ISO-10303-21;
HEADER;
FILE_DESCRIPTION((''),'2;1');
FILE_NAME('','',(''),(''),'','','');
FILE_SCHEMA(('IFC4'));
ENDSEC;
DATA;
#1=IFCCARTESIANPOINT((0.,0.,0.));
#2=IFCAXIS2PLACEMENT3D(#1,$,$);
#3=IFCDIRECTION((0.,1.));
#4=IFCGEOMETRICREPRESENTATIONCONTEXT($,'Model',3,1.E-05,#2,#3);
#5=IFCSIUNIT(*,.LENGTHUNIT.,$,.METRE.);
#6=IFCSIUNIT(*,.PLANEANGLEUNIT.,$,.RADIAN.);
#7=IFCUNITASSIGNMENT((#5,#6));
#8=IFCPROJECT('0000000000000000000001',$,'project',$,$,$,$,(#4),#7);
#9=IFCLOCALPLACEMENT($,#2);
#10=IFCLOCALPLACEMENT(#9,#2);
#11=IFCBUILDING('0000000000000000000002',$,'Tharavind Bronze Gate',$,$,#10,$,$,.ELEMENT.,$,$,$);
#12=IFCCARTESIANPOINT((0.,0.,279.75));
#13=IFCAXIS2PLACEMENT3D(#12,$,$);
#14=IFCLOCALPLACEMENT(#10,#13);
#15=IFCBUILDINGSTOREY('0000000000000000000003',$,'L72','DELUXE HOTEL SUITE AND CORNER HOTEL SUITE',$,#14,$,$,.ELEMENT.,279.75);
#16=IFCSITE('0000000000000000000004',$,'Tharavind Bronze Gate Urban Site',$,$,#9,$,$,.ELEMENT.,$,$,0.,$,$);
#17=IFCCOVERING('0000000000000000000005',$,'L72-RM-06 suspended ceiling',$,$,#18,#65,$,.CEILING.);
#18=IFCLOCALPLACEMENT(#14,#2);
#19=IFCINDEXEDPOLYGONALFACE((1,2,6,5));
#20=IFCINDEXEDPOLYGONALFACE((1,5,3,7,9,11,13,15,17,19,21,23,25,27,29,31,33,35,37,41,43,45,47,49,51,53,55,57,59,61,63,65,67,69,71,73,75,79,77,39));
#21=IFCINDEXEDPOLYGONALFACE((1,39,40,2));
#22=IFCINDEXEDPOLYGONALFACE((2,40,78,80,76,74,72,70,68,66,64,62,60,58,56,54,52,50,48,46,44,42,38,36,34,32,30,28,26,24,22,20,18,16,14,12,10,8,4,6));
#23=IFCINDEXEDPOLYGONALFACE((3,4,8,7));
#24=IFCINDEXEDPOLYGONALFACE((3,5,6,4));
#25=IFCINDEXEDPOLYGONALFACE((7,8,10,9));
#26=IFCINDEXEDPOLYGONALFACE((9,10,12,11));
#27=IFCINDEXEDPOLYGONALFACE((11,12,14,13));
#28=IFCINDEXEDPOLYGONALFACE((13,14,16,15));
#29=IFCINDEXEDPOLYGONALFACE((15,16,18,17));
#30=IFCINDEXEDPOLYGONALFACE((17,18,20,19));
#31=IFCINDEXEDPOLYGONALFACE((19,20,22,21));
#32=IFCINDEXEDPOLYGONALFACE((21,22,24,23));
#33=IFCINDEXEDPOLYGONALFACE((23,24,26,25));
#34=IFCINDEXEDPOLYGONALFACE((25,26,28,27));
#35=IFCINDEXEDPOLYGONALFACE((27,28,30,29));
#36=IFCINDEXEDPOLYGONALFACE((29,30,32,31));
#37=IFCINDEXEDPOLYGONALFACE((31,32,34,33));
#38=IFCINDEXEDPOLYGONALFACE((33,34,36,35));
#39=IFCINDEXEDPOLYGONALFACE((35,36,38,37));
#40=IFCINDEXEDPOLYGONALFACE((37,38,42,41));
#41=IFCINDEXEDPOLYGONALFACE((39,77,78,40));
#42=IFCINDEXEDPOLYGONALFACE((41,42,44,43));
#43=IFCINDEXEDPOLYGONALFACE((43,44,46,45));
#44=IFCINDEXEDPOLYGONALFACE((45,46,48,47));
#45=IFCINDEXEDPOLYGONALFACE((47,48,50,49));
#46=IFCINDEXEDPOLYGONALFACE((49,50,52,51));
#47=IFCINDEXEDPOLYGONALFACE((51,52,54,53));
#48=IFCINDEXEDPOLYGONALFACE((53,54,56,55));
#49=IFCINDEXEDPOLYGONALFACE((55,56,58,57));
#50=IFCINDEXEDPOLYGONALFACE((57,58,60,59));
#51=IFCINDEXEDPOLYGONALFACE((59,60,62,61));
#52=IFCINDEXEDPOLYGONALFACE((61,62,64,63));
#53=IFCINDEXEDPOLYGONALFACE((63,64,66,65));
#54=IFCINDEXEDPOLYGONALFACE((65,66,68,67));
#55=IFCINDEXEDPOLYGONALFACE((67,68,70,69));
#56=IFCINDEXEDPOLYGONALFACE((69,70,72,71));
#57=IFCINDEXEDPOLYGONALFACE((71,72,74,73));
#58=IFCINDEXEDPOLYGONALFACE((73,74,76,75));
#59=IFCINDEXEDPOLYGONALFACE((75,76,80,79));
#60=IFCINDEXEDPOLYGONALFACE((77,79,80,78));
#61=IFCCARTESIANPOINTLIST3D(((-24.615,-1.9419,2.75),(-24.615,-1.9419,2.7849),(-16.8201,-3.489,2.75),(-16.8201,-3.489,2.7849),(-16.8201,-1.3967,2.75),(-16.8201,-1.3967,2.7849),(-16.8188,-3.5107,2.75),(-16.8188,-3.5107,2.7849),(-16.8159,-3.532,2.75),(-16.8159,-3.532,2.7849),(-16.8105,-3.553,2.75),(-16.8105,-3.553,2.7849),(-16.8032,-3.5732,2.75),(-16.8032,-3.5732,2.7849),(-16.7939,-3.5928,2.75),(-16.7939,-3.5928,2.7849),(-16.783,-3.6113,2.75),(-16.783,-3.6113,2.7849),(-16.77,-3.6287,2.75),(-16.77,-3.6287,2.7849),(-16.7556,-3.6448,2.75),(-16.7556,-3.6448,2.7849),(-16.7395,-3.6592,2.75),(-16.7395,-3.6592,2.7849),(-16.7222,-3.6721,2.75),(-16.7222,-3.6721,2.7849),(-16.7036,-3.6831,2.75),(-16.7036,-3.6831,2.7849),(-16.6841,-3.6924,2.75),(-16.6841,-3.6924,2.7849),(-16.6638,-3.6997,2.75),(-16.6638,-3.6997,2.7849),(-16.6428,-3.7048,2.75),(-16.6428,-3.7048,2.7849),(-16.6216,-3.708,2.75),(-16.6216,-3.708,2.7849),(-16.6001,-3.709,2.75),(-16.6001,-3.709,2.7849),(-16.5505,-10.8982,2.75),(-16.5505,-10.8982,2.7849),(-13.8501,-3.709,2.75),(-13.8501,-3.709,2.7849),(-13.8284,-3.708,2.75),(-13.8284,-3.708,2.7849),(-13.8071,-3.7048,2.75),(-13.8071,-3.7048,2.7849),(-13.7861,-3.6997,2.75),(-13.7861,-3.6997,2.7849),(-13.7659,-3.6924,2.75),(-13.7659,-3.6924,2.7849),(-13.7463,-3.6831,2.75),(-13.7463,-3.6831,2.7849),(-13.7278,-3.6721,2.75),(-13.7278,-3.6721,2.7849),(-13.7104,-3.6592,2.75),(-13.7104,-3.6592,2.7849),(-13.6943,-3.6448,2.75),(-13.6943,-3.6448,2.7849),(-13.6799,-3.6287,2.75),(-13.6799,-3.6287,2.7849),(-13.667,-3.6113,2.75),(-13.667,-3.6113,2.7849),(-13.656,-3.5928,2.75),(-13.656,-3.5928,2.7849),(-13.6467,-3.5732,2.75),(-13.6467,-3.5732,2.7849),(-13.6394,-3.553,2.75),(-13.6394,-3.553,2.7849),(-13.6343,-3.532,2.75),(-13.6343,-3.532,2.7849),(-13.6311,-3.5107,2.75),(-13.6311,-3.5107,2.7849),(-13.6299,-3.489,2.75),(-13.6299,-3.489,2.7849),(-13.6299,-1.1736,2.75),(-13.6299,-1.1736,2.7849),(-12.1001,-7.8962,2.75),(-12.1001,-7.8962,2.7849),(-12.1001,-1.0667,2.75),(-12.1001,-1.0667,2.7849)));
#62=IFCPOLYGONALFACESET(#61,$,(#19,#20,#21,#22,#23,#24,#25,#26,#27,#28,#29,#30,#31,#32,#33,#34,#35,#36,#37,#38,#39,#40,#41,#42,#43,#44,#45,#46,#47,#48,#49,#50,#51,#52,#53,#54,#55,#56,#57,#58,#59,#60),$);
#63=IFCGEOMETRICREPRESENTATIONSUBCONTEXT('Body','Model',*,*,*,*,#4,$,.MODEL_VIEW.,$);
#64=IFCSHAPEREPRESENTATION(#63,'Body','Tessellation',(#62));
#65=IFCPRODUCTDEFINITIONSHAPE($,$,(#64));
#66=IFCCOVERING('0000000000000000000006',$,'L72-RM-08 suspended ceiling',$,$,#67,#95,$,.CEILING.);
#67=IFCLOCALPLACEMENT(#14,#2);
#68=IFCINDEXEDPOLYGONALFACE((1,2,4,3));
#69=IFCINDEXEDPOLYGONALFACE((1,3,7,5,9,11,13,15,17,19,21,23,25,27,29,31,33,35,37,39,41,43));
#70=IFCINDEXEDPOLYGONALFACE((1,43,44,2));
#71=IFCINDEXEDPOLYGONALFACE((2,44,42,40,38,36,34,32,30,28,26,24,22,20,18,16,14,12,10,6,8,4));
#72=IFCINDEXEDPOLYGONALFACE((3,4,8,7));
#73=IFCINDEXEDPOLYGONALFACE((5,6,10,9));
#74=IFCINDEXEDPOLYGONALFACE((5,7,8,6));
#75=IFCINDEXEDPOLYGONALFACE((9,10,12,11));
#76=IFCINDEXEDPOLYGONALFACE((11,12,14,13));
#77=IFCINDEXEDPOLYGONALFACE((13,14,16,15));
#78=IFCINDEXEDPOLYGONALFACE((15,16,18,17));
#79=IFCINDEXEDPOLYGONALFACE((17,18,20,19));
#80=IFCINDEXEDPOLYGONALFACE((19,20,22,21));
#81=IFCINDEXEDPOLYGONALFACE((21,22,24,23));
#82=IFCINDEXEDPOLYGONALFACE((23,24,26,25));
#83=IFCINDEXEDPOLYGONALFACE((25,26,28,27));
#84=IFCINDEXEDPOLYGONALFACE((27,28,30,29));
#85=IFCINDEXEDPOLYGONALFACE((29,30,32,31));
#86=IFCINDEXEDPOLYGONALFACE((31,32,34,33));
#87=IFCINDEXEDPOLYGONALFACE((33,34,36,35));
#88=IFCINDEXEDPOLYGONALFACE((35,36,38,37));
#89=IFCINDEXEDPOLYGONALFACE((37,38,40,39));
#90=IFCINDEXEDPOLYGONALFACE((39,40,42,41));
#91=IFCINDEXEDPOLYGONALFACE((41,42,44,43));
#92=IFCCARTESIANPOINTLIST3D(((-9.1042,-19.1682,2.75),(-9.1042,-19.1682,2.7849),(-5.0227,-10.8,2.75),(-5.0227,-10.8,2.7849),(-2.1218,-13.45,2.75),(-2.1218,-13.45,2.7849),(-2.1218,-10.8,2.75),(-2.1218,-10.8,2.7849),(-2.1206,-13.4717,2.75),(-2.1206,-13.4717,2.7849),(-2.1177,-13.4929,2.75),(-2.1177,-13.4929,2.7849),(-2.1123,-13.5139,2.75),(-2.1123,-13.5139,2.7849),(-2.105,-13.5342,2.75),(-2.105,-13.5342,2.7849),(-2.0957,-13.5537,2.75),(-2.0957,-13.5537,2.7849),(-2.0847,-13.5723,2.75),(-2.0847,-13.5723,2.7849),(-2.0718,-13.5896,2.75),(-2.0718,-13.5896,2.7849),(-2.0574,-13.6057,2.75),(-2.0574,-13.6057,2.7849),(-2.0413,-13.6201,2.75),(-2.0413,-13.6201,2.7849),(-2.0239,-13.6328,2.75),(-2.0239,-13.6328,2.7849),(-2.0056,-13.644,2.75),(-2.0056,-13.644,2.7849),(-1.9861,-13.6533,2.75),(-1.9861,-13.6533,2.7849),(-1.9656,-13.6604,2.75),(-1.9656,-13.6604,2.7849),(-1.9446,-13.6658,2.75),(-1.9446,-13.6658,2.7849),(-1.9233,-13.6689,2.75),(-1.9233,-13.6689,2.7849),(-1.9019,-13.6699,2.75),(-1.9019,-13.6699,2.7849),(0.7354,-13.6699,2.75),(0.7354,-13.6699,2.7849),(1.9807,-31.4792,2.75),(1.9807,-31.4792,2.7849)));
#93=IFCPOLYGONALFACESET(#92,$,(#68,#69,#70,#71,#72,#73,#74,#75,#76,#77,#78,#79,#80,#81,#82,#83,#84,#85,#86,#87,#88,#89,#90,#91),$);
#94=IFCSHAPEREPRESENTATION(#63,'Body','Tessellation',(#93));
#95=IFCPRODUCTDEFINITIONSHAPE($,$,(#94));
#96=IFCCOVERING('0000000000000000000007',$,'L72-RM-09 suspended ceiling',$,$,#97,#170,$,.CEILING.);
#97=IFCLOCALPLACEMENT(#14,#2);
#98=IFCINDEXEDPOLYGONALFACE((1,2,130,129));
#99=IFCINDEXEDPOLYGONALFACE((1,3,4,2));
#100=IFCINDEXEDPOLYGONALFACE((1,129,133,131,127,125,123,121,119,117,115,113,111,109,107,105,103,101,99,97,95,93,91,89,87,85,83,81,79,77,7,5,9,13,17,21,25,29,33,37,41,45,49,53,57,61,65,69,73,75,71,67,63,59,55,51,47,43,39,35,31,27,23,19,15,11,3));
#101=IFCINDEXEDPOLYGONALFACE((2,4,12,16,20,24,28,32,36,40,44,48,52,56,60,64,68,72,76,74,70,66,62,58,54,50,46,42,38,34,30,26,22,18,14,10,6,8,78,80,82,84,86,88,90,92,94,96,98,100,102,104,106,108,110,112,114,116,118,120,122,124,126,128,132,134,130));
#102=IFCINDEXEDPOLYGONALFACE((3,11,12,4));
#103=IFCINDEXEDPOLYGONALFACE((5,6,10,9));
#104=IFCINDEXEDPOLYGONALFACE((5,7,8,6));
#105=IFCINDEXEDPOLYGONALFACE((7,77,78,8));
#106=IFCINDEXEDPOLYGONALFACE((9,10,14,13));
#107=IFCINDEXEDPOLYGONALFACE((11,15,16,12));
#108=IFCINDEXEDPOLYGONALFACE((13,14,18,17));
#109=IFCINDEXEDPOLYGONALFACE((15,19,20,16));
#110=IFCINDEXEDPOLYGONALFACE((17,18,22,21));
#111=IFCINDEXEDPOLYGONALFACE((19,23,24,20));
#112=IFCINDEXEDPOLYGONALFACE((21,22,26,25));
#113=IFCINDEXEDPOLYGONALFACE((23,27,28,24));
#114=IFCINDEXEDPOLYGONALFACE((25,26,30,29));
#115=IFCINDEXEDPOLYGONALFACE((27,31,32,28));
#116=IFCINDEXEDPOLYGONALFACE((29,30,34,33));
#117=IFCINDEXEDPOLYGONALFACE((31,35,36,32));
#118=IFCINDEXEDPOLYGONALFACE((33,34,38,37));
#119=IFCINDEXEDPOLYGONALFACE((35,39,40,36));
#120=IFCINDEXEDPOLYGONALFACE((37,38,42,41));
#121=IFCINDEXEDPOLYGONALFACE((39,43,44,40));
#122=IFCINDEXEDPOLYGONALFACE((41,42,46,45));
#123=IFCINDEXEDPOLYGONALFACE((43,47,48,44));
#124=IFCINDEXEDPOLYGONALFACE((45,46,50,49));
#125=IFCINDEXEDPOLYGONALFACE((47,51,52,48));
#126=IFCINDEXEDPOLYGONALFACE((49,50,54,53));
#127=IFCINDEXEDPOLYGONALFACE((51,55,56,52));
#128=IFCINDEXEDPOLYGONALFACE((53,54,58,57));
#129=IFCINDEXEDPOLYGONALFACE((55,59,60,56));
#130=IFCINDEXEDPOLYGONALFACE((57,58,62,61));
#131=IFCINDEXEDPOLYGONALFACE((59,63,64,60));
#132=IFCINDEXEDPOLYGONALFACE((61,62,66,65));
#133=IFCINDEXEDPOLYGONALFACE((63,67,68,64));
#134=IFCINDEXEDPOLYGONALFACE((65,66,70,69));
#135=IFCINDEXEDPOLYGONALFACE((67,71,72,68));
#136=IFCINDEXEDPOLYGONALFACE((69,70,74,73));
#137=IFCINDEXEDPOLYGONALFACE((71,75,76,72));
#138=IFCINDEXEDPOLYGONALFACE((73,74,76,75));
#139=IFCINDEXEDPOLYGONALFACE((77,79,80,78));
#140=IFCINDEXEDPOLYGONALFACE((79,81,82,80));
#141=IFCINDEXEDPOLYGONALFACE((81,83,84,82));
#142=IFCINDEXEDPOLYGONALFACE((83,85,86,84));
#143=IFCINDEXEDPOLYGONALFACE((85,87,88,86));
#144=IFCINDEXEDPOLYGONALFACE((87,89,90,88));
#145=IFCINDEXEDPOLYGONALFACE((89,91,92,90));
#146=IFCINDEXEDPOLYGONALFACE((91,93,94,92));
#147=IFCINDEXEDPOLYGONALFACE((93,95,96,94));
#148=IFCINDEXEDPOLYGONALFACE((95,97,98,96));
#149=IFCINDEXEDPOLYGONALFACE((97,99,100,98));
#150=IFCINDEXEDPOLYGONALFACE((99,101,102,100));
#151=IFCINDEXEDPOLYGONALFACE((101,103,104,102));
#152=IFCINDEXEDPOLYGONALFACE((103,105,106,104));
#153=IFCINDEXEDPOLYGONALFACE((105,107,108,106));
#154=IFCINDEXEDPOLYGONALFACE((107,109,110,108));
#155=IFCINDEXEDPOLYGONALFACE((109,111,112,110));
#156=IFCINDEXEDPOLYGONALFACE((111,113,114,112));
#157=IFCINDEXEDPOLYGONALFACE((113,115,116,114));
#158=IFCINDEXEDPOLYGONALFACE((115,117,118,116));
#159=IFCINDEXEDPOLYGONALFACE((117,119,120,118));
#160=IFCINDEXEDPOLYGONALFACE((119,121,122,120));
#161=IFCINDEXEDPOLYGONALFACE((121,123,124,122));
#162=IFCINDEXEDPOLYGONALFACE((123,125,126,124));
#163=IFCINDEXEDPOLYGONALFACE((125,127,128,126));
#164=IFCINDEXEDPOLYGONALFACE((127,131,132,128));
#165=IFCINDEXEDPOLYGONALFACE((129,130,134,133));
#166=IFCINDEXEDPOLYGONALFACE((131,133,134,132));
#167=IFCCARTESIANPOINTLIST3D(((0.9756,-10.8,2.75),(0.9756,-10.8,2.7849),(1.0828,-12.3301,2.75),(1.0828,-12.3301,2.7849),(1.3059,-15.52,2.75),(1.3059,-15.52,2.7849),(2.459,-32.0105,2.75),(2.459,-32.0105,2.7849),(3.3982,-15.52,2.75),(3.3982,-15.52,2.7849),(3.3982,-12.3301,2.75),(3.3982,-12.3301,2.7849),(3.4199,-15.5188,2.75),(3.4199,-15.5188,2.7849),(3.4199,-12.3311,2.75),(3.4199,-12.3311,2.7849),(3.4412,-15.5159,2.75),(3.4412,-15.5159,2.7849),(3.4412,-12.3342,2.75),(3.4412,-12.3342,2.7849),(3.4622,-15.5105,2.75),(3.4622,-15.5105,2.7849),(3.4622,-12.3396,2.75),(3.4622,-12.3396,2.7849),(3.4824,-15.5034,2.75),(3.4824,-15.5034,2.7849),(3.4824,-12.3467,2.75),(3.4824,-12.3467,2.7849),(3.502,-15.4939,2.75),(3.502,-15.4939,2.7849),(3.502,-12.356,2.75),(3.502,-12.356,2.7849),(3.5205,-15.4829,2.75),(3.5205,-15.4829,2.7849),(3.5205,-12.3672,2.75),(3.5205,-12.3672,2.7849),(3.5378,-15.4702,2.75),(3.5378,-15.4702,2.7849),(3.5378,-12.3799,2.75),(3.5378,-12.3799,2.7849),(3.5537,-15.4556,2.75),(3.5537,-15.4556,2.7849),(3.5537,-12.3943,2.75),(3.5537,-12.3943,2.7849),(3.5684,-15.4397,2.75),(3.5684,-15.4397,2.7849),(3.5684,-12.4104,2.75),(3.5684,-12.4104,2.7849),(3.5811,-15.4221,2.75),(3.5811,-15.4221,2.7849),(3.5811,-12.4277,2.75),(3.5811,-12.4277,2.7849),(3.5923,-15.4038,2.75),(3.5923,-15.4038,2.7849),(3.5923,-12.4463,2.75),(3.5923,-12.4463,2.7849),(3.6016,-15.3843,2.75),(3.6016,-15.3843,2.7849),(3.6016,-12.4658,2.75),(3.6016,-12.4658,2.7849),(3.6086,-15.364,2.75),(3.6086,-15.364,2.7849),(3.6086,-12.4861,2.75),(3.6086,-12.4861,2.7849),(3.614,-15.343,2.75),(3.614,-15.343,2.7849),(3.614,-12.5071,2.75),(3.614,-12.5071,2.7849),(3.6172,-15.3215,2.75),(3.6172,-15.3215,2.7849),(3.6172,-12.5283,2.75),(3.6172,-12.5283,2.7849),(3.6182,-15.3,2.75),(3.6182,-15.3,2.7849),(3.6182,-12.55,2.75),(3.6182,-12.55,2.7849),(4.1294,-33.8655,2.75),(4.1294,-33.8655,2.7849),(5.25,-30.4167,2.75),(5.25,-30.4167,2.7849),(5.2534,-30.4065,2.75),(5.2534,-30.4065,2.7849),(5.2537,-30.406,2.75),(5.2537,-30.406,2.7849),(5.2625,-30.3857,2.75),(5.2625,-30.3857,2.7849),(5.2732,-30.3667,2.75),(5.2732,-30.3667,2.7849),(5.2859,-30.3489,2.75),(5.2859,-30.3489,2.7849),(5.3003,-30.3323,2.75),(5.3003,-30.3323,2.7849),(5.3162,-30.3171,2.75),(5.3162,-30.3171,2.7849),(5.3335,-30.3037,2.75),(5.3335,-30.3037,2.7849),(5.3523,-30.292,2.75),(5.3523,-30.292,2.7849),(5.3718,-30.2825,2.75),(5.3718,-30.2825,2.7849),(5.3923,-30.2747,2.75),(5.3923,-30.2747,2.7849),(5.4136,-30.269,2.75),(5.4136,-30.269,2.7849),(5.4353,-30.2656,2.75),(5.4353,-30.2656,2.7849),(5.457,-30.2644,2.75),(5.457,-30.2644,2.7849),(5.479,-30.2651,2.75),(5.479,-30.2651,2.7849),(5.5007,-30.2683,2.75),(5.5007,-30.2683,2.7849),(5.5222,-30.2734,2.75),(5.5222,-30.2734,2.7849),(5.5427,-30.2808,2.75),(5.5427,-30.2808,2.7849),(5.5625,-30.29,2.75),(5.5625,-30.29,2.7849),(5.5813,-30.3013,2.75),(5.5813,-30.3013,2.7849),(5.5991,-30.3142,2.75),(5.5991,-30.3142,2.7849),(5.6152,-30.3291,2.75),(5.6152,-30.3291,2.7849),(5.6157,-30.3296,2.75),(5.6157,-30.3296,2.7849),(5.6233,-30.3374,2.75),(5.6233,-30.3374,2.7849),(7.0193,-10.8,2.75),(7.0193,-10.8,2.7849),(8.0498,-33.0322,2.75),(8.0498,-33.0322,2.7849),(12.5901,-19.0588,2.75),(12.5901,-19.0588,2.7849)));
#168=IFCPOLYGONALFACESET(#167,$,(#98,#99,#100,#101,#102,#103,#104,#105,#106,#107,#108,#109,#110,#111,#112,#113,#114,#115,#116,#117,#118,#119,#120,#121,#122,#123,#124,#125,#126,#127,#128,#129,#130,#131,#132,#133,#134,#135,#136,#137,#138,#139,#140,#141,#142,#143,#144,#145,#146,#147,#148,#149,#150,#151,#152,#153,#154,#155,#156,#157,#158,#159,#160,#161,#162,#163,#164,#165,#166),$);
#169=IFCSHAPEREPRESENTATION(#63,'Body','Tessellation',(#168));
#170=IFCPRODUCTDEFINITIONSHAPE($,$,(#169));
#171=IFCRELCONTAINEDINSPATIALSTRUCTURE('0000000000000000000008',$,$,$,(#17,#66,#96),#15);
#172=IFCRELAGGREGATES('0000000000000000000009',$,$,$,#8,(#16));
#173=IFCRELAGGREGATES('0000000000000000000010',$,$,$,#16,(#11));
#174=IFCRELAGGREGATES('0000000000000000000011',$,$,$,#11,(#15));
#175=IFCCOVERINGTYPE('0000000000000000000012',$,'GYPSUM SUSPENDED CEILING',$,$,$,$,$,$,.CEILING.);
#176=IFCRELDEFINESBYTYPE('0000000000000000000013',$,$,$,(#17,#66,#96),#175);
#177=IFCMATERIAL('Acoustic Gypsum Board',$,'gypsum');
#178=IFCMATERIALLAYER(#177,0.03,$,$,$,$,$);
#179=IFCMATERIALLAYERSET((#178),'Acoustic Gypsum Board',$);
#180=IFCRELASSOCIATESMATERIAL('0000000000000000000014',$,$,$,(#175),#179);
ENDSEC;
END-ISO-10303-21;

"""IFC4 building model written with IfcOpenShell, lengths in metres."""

from ifc_helpers import new_model, si_unit, direction, frame, origin, place, context, subcontext, project, spatial, polyline, outline, extrude, material, layer, layer_set, type_object, element, save


model = new_model("IFC4")

# Units and contexts
model_context = context("Model", 3, precision=1e-05, world=origin(), true_north=direction((0.0, 1.0)))
body_context = subcontext(model_context, "Body", "Model", "MODEL_VIEW")
ifc_project = project(units=[si_unit("LENGTHUNIT", "METRE"), si_unit("PLANEANGLEUNIT", "RADIAN")], contexts=[model_context])

# Site, building, storey
site_placement = place(None, origin())
site = spatial("IfcSite", under=ifc_project, at=site_placement, Name="Tharavind Bronze Gate Urban Site", CompositionType="ELEMENT", RefElevation=0.0)
building_placement = place(site_placement, origin())
building = spatial("IfcBuilding", under=site, at=building_placement, Name="Tharavind Bronze Gate", CompositionType="ELEMENT")
storey_placement = place(building_placement, frame((0.0, 0.0, 279.75)))
storey = spatial("IfcBuildingStorey", under=building, at=storey_placement, Name="L72", Description="DELUXE HOTEL SUITE AND CORNER HOTEL SUITE", CompositionType="ELEMENT", Elevation=279.75)

# Coverings
ifc_material_1 = material(Name="Acoustic Gypsum Board", Category="gypsum")
ifc_layer_1 = layer(ifc_material_1, 0.03)
ifc_layer_set_1 = layer_set([ifc_layer_1], Name="Acoustic Gypsum Board")
covering_type_1 = type_object("IfcCoveringType", Name="GYPSUM SUSPENDED CEILING", PredefinedType="CEILING", material=ifc_layer_set_1)
covering_1_placement = place(storey_placement, frame((0.0, 0.0, 2.75)))
element("IfcCovering", 1, at=covering_1_placement, inside=storey, type_object=covering_type_1, Name="L72-RM-06 suspended ceiling", PredefinedType="CEILING", context=body_context, shape_type="SweptSolid", body=[
    extrude(outline(polyline([(-16.5505, -10.8982), (-12.1001, -7.8962), (-12.1001, -1.0667), (-13.6299, -1.1736), (-13.6299, -3.489), (-13.6311, -3.5107), (-13.6343, -3.532), (-13.6394, -3.553), (-13.6467, -3.5732), (-13.656, -3.5928), (-13.667, -3.6113), (-13.6799, -3.6287), (-13.6943, -3.6448), (-13.7104, -3.6592), (-13.7278, -3.6721), (-13.7463, -3.6831), (-13.7659, -3.6924), (-13.7861, -3.6997), (-13.8071, -3.7048), (-13.8284, -3.708), (-13.8501, -3.709), (-16.6001, -3.709), (-16.6216, -3.708), (-16.6428, -3.7048), (-16.6638, -3.6997), (-16.6841, -3.6924), (-16.7036, -3.6831), (-16.7222, -3.6721), (-16.7395, -3.6592), (-16.7556, -3.6448), (-16.77, -3.6287), (-16.783, -3.6113), (-16.7939, -3.5928), (-16.8032, -3.5732), (-16.8105, -3.553), (-16.8159, -3.532), (-16.8188, -3.5107), (-16.8201, -3.489), (-16.8201, -1.3967), (-24.615, -1.9419), (-16.5505, -10.8982)])), origin(), (0.0, 0.0, 1.0), 0.0349),
])
covering_2_placement = place(storey_placement, frame((0.0, 0.0, 2.75)))
element("IfcCovering", 2, at=covering_2_placement, inside=storey, type_object=covering_type_1, Name="L72-RM-08 suspended ceiling", PredefinedType="CEILING", context=body_context, shape_type="SweptSolid", body=[
    extrude(outline(polyline([(1.9807, -31.4792), (0.7354, -13.6699), (-1.9019, -13.6699), (-1.9233, -13.6689), (-1.9446, -13.6658), (-1.9656, -13.6604), (-1.9861, -13.6533), (-2.0056, -13.644), (-2.0239, -13.6328), (-2.0413, -13.6201), (-2.0574, -13.6057), (-2.0718, -13.5896), (-2.0847, -13.5723), (-2.0957, -13.5537), (-2.105, -13.5342), (-2.1123, -13.5139), (-2.1177, -13.4929), (-2.1206, -13.4717), (-2.1218, -13.45), (-2.1218, -10.8), (-5.0227, -10.8), (-9.1042, -19.1682), (1.9807, -31.4792)])), origin(), (0.0, 0.0, 1.0), 0.0349),
])
covering_3_placement = place(storey_placement, frame((0.0, 0.0, 2.75)))
element("IfcCovering", 3, at=covering_3_placement, inside=storey, type_object=covering_type_1, Name="L72-RM-09 suspended ceiling", PredefinedType="CEILING", context=body_context, shape_type="SweptSolid", body=[
    extrude(outline(polyline([(1.0828, -12.3301), (3.3982, -12.3301), (3.4199, -12.3311), (3.4412, -12.3342), (3.4622, -12.3396), (3.4824, -12.3467), (3.502, -12.356), (3.5205, -12.3672), (3.5378, -12.3799), (3.5537, -12.3943), (3.5684, -12.4104), (3.5811, -12.4277), (3.5923, -12.4463), (3.6016, -12.4658), (3.6086, -12.4861), (3.614, -12.5071), (3.6172, -12.5283), (3.6182, -12.55), (3.6182, -15.3), (3.6172, -15.3215), (3.614, -15.343), (3.6086, -15.364), (3.6016, -15.3843), (3.5923, -15.4038), (3.5811, -15.4221), (3.5684, -15.4397), (3.5537, -15.4556), (3.5378, -15.4702), (3.5205, -15.4829), (3.502, -15.4939), (3.4824, -15.5034), (3.4622, -15.5105), (3.4412, -15.5159), (3.4199, -15.5188), (3.3982, -15.52), (1.3059, -15.52), (2.459, -32.0105), (4.1294, -33.8655), (5.25, -30.4167), (5.2534, -30.4065), (5.2537, -30.406), (5.2625, -30.3857), (5.2732, -30.3667), (5.2859, -30.3489), (5.3003, -30.3323), (5.3162, -30.3171), (5.3335, -30.3037), (5.3523, -30.292), (5.3718, -30.2825), (5.3923, -30.2747), (5.4136, -30.269), (5.4353, -30.2656), (5.457, -30.2644), (5.479, -30.2651), (5.5007, -30.2683), (5.5222, -30.2734), (5.5427, -30.2808), (5.5625, -30.29), (5.5813, -30.3013), (5.5991, -30.3142), (5.6152, -30.3291), (5.6157, -30.3296), (5.6233, -30.3374), (8.0498, -33.0322), (12.5901, -19.0588), (7.0193, -10.8), (0.9756, -10.8), (1.0828, -12.3301)])), origin(), (0.0, 0.0, 1.0), 0.0349),
])

save(model, "model.ifc")
